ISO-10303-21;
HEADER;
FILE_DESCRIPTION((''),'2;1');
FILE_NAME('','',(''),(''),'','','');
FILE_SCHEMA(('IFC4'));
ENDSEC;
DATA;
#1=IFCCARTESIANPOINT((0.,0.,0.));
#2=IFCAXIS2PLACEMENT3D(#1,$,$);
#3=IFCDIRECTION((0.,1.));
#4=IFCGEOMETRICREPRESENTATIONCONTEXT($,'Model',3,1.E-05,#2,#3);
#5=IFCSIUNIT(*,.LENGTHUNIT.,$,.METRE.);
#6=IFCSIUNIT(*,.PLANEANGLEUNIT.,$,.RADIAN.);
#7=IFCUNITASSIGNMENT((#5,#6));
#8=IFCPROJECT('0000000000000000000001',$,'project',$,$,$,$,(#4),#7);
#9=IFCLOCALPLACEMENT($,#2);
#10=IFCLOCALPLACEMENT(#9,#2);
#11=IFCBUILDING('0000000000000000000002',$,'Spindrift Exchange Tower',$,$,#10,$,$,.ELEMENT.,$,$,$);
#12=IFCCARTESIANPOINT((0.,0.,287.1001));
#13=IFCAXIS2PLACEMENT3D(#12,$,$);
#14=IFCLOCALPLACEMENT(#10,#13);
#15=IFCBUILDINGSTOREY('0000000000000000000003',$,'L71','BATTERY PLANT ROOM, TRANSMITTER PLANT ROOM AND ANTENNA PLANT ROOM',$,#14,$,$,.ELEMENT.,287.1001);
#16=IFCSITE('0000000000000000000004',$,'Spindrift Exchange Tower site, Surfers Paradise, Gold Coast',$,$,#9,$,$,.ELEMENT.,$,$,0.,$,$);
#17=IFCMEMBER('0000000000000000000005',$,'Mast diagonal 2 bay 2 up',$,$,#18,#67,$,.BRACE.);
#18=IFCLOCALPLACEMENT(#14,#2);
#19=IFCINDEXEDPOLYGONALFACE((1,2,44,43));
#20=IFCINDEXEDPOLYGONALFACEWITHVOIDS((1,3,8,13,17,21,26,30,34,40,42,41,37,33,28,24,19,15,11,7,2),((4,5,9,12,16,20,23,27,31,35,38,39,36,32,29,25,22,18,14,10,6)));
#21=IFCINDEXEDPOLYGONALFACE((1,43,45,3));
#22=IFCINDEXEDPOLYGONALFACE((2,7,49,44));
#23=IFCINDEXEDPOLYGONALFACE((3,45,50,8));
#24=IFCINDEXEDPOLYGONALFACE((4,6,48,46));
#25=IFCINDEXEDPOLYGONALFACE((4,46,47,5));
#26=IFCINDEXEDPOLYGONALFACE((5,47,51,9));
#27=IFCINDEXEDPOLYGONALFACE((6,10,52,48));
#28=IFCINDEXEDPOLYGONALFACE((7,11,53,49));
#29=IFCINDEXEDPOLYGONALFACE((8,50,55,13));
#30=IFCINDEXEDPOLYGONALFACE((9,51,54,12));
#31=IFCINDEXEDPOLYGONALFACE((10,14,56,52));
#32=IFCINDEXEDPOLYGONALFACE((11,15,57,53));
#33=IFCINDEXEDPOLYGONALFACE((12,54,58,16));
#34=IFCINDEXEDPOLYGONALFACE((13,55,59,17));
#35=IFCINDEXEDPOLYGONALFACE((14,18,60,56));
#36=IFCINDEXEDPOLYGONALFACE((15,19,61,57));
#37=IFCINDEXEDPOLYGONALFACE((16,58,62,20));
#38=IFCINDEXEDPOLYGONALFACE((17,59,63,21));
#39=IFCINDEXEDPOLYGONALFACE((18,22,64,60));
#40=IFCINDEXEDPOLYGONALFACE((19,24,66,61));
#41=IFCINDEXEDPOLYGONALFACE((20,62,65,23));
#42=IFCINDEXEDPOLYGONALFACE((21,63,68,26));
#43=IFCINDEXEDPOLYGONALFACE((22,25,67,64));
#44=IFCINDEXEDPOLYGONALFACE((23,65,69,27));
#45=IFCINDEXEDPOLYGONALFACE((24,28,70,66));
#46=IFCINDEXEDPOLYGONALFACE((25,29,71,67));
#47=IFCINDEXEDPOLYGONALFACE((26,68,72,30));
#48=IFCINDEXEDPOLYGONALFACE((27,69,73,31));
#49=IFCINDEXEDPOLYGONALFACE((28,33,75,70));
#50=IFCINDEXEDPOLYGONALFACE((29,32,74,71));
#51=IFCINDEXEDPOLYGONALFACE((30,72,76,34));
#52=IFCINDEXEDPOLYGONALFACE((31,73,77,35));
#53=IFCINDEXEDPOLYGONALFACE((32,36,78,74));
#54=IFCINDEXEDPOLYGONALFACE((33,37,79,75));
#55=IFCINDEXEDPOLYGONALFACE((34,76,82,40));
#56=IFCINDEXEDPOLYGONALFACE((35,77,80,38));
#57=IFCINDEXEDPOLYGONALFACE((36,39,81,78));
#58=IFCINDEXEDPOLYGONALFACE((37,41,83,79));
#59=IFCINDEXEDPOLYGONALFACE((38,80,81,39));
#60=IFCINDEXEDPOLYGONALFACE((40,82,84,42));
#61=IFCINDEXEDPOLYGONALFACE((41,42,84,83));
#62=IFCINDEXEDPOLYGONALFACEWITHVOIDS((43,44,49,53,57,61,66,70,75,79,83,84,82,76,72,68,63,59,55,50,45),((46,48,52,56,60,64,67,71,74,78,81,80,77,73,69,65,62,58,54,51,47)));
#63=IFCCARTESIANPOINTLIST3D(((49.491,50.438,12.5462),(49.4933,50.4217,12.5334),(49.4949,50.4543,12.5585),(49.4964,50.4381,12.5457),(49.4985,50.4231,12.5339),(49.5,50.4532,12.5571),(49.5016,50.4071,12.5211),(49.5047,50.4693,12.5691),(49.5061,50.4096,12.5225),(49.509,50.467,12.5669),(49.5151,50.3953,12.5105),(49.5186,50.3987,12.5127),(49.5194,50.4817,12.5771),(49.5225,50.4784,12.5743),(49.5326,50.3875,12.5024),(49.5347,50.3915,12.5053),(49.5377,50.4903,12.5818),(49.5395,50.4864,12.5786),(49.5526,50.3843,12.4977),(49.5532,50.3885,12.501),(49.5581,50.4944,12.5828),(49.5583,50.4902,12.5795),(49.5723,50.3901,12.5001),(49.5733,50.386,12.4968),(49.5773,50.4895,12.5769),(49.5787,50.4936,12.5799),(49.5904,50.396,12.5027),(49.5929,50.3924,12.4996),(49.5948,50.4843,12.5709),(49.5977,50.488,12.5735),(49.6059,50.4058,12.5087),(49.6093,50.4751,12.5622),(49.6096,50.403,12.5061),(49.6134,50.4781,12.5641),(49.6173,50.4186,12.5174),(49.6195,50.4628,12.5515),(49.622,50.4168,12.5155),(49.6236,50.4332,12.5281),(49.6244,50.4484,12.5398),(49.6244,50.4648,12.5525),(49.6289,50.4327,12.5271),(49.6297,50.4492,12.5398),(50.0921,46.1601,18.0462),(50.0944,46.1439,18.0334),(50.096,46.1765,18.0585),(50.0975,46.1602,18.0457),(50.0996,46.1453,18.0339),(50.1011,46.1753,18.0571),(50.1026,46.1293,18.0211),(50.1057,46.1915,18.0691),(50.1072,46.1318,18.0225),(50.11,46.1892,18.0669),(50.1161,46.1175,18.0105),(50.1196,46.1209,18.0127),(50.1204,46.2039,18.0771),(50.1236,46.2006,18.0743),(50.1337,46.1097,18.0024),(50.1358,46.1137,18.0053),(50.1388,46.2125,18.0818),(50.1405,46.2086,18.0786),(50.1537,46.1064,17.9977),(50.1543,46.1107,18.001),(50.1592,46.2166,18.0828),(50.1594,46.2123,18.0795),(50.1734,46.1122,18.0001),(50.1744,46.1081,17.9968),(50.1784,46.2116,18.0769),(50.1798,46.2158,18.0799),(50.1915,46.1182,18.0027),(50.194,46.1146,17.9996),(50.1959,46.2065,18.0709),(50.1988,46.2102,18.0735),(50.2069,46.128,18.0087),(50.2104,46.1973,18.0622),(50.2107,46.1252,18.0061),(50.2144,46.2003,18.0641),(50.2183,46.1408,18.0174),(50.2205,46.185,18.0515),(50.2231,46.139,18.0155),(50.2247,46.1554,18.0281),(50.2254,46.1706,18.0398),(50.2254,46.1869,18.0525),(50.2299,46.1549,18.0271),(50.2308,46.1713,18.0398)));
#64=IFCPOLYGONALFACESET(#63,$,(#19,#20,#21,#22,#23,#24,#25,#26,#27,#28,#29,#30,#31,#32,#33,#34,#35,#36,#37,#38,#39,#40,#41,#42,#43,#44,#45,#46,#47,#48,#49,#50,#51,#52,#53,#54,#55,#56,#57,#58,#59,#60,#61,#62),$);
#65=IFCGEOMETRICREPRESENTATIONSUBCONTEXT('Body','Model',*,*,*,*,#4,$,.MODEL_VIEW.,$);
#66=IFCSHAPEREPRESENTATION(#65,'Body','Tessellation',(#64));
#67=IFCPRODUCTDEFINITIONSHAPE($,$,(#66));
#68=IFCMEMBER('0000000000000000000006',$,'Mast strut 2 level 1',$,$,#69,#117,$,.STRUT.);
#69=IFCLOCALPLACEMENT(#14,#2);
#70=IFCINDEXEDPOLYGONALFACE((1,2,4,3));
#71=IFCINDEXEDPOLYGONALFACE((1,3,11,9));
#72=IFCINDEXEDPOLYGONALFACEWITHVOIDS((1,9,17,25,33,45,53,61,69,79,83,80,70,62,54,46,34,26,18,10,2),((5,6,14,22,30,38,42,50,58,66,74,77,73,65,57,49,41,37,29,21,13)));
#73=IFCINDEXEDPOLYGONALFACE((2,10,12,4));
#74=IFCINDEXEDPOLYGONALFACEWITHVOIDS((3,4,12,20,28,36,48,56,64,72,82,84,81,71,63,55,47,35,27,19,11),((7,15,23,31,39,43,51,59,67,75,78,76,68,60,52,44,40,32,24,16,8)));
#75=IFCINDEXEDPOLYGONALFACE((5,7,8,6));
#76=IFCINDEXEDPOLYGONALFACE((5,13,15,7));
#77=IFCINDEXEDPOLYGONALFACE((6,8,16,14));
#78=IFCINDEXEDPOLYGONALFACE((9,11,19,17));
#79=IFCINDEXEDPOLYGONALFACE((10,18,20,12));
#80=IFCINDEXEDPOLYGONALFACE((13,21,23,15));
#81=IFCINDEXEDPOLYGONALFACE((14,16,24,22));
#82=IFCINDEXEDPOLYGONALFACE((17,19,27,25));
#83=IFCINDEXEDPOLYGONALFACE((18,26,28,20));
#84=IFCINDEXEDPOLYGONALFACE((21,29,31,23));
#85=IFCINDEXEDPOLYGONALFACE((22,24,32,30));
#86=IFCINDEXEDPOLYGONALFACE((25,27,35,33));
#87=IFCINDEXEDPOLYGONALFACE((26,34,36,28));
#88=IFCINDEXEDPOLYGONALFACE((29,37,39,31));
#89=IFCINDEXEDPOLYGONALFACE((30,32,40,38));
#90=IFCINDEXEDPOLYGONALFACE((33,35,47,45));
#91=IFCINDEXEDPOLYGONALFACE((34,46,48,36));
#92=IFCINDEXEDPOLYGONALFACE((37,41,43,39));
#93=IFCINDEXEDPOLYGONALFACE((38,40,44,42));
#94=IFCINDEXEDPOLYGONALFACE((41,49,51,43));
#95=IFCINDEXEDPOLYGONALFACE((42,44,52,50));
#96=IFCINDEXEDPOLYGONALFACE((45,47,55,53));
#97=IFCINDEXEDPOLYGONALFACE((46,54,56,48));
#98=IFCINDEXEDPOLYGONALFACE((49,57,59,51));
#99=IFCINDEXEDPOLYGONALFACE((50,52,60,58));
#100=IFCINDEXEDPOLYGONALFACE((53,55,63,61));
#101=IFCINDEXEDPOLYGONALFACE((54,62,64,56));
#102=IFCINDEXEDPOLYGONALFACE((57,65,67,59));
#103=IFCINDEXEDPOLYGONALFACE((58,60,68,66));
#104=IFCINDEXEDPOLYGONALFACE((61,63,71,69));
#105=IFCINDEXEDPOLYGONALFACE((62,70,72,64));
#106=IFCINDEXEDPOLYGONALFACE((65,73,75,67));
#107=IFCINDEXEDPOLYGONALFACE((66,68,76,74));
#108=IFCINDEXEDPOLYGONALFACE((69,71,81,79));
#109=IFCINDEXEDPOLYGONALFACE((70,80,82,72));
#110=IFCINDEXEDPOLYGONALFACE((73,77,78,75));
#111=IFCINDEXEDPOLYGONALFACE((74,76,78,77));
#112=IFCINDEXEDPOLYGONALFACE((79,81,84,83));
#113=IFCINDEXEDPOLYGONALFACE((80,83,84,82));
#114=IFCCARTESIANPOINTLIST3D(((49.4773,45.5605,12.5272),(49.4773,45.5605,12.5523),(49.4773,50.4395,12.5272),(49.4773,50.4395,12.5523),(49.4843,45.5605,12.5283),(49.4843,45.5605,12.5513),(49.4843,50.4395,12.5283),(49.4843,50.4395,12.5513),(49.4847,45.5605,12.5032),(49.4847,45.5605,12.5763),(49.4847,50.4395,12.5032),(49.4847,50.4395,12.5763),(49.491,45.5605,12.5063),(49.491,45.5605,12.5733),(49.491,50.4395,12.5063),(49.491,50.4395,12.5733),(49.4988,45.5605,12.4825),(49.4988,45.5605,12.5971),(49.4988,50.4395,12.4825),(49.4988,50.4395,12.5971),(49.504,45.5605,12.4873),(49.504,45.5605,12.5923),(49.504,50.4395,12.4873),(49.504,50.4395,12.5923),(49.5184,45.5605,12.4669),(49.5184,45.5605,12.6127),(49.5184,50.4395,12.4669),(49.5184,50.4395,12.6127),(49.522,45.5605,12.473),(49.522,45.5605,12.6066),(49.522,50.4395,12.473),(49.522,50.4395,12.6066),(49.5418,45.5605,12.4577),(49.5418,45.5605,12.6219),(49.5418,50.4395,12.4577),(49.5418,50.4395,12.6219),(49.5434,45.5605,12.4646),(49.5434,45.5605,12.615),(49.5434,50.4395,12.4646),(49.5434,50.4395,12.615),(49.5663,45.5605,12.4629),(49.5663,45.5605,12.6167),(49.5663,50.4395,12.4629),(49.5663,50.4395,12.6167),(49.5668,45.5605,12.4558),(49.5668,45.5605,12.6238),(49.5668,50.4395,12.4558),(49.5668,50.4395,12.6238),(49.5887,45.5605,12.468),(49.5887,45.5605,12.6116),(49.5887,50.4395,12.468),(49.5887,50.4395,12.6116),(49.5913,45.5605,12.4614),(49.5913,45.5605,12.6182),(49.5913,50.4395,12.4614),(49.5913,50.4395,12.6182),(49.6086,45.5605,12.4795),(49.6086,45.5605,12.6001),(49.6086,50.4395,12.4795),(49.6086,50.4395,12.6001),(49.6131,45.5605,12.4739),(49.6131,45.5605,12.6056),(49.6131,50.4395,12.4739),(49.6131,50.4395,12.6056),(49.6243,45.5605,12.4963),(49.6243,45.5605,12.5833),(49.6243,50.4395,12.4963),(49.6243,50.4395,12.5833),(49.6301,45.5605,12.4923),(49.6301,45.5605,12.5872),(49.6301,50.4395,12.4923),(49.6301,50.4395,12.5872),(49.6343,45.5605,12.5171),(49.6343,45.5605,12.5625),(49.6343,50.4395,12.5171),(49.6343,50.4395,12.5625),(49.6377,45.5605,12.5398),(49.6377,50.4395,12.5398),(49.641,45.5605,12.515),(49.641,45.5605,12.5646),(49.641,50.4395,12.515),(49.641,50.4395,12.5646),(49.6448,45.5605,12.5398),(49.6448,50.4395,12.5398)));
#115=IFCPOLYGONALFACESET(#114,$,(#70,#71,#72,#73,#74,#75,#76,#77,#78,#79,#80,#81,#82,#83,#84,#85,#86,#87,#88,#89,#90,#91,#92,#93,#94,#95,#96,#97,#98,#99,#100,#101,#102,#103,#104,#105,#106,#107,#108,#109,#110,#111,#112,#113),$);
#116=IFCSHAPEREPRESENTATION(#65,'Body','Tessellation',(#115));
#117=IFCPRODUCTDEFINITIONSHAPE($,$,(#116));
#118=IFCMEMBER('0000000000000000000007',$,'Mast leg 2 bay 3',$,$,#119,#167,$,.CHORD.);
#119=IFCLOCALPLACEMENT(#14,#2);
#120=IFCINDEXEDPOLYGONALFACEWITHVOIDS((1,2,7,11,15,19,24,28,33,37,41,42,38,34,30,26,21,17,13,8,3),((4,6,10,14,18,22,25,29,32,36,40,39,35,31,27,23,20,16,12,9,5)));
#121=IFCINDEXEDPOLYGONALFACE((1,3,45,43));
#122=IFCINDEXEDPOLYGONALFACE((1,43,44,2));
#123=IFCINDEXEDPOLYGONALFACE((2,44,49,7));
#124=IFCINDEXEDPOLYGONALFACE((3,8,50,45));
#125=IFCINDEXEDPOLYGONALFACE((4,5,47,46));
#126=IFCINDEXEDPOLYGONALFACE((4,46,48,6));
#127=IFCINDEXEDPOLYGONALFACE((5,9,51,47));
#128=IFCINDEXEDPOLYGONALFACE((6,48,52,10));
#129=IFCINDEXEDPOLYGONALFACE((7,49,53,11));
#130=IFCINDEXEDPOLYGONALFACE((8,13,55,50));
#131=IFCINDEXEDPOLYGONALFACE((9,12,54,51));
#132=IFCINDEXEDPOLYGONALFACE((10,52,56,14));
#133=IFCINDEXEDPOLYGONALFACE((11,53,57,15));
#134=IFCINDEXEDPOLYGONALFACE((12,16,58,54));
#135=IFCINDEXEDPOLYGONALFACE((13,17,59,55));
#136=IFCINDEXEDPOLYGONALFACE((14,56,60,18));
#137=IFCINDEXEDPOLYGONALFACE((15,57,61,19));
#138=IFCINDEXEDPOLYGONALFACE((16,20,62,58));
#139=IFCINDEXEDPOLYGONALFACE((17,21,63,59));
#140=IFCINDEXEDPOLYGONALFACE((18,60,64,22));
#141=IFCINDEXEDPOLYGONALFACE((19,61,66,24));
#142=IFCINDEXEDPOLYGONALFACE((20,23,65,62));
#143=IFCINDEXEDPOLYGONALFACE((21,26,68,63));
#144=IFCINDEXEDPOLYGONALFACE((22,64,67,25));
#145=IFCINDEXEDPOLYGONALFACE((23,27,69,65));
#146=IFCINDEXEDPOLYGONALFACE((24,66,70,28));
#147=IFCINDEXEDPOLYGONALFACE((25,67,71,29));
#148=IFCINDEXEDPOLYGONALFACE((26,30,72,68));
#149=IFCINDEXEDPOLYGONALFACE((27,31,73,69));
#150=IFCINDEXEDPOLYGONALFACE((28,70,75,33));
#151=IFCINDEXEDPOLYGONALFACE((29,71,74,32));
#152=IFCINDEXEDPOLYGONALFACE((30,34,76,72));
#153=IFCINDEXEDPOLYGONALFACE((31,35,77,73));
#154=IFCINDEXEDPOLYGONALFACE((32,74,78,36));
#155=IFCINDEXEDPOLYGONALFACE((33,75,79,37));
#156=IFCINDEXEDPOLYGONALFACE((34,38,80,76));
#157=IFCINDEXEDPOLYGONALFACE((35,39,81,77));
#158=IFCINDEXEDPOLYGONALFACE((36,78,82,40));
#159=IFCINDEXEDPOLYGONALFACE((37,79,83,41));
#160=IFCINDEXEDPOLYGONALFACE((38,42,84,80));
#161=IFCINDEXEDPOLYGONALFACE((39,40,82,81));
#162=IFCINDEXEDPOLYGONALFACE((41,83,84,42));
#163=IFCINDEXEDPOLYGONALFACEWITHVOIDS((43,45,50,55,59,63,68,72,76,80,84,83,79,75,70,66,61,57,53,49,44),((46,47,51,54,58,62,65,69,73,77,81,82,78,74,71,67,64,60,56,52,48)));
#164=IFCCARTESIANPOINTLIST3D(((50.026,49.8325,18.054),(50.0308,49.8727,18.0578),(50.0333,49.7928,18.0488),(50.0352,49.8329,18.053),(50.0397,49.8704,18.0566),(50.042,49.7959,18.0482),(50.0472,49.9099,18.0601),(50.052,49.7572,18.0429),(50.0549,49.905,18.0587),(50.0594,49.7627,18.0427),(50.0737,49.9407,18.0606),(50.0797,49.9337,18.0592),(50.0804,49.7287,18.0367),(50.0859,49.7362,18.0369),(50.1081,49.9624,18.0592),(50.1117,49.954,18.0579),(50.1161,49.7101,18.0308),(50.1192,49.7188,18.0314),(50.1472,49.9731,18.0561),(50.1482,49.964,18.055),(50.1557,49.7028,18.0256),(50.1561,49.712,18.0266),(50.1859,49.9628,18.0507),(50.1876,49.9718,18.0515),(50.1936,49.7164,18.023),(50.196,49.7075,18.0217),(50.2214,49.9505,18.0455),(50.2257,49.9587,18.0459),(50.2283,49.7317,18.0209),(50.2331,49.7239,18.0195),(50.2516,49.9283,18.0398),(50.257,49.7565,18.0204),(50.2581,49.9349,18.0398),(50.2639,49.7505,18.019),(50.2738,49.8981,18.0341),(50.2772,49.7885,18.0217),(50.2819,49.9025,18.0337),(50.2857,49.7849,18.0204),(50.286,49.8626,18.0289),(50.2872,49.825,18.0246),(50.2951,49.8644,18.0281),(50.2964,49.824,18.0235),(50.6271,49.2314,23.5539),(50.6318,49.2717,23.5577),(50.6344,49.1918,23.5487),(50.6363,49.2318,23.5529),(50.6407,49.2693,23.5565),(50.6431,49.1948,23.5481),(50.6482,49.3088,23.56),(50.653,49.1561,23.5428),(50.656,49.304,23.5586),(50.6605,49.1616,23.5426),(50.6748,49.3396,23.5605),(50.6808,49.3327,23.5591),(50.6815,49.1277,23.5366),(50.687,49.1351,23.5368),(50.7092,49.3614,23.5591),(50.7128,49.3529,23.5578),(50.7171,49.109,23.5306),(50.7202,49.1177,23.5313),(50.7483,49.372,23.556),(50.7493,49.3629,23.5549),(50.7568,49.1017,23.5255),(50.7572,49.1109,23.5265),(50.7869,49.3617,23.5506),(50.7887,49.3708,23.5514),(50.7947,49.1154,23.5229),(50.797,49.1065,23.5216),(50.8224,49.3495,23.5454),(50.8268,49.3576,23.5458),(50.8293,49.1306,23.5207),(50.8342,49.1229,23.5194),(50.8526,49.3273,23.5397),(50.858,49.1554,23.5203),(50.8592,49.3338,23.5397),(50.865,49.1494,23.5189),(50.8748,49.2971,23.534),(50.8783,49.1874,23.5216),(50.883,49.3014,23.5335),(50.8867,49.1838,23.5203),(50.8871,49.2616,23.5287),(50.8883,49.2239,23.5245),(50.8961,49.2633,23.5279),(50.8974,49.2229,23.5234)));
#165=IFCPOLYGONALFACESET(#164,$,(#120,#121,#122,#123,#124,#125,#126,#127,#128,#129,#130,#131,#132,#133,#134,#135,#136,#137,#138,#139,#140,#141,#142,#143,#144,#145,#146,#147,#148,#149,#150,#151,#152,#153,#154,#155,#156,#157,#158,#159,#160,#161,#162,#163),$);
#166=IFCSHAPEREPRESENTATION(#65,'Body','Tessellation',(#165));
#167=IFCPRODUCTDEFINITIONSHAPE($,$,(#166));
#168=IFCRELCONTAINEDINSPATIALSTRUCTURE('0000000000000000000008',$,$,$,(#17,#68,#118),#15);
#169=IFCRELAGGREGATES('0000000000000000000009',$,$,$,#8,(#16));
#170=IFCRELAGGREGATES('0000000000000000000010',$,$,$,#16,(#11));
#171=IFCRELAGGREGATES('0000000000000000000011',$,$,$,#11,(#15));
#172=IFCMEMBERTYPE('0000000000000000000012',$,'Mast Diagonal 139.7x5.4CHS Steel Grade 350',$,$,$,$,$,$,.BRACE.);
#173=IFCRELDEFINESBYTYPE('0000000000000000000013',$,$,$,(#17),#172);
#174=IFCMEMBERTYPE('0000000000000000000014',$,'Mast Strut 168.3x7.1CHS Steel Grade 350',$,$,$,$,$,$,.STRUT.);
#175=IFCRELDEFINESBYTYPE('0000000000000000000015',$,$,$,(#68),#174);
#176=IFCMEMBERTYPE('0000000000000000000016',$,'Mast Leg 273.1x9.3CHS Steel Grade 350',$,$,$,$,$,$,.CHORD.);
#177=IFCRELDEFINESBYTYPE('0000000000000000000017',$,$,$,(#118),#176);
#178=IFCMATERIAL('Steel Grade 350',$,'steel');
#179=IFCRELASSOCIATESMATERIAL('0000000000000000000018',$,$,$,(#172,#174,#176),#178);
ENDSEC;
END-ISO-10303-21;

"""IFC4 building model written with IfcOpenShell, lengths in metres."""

from ifc_helpers import new_model, si_unit, direction, frame, origin, origin_2d, place, context, subcontext, project, spatial, hollow_circle, extrude, source, transform, mapped, material, material_profile, profile_set, type_object, element, save


model = new_model("IFC4")

# Units and contexts
model_context = context("Model", 3, precision=1e-05, world=origin(), true_north=direction((0.0, 1.0)))
body_context = subcontext(model_context, "Body", "Model", "MODEL_VIEW")
ifc_project = project(units=[si_unit("LENGTHUNIT", "METRE"), si_unit("PLANEANGLEUNIT", "RADIAN")], contexts=[model_context])

# Site, building, storey
site_placement = place(None, origin())
site = spatial("IfcSite", under=ifc_project, at=site_placement, Name="Spindrift Exchange Tower site, Surfers Paradise, Gold Coast", CompositionType="ELEMENT", RefElevation=0.0)
building_placement = place(site_placement, origin())
building = spatial("IfcBuilding", under=site, at=building_placement, Name="Spindrift Exchange Tower", CompositionType="ELEMENT")
storey_placement = place(building_placement, frame((0.0, 0.0, 287.1001)))
storey = spatial("IfcBuildingStorey", under=building, at=storey_placement, Name="L71", Description="BATTERY PLANT ROOM, TRANSMITTER PLANT ROOM AND ANTENNA PLANT ROOM", CompositionType="ELEMENT", Elevation=287.1001)

# Members
ifc_material_1 = material(Name="Steel Grade 350", Category="steel")
ifc_material_profile_1 = material_profile(ifc_material_1, hollow_circle(Radius=0.0698, WallThickness=0.0054, at=origin_2d()), Name="139.7x5.4CHS")
ifc_profile_set_1 = profile_set([ifc_material_profile_1], Name="Steel Grade 350")
member_type_1 = type_object("IfcMemberType", Name="Mast Diagonal 139.7x5.4CHS Steel Grade 350", PredefinedType="BRACE", material=ifc_profile_set_1)
shared_shape_1 = source(origin(), body_context, "Body", "SweptSolid", [
    extrude(hollow_circle(Radius=0.0698, WallThickness=0.0054, at=origin_2d()), origin(), (0.0, 0.0, 1.0), 6.9937),
])
for number, where, z_axis, x_axis, name in (
    (1, (49.5605, 50.4395, 12.5398), (0.085946, -0.611674, 0.786428), (0.990272, 0.139142, 0.0), "Mast diagonal 2 bay 2 up"),
):
    element("IfcMember", number, at=place(storey_placement, frame(where, z_axis=z_axis, x_axis=x_axis)), inside=storey, type_object=member_type_1, Name=name, PredefinedType="BRACE", context=body_context, shape_type="MappedRepresentation", body=[
        mapped(shared_shape_1, transform((0.0, 0.0, 0.0), scale=1.0)),
    ])
ifc_material_profile_2 = material_profile(ifc_material_1, hollow_circle(Radius=0.0842, WallThickness=0.0071, at=origin_2d()), Name="168.3x7.1CHS")
ifc_profile_set_2 = profile_set([ifc_material_profile_2], Name="Steel Grade 350")
member_type_2 = type_object("IfcMemberType", Name="Mast Strut 168.3x7.1CHS Steel Grade 350", PredefinedType="STRUT", material=ifc_profile_set_2)
shared_shape_2 = source(origin(), body_context, "Body", "SweptSolid", [
    extrude(hollow_circle(Radius=0.0842, WallThickness=0.0071, at=origin_2d()), origin(), (0.0, 0.0, 1.0), 4.8789),
])
member_1_placement = place(storey_placement, frame((49.5605, 50.4395, 12.5398), z_axis=(0.0, -1.0, 0.0), x_axis=(1.0, 0.0, 0.0)))
element("IfcMember", 2, at=member_1_placement, inside=storey, type_object=member_type_2, Name="Mast strut 2 level 1", PredefinedType="STRUT", context=body_context, shape_type="MappedRepresentation", body=[
    mapped(shared_shape_2, transform((0.0, 0.0, 0.0), scale=1.0)),
])
ifc_material_profile_3 = material_profile(ifc_material_1, hollow_circle(Radius=0.1365, WallThickness=0.0093, at=origin_2d()), Name="273.1x9.3CHS")
ifc_profile_set_3 = profile_set([ifc_material_profile_3], Name="Steel Grade 350")
member_type_3 = type_object("IfcMemberType", Name="Mast Leg 273.1x9.3CHS Steel Grade 350", PredefinedType="CHORD", material=ifc_profile_set_3)
shared_shape_3 = source(origin(), body_context, "Body", "SweptSolid", [
    extrude(hollow_circle(Radius=0.1365, WallThickness=0.0093, at=origin_2d()), origin(), (0.0, 0.0, 1.0), 5.5652),
])
for number, where, z_axis, x_axis, name in (
    (3, (50.1616, 49.8384, 18.0398), (0.108004, -0.108004, 0.988266), (0.707107, 0.707107, 0.0), "Mast leg 2 bay 3"),
):
    element("IfcMember", number, at=place(storey_placement, frame(where, z_axis=z_axis, x_axis=x_axis)), inside=storey, type_object=member_type_3, Name=name, PredefinedType="CHORD", context=body_context, shape_type="MappedRepresentation", body=[
        mapped(shared_shape_3, transform((0.0, 0.0, 0.0), scale=1.0)),
    ])

save(model, "model.ifc")
